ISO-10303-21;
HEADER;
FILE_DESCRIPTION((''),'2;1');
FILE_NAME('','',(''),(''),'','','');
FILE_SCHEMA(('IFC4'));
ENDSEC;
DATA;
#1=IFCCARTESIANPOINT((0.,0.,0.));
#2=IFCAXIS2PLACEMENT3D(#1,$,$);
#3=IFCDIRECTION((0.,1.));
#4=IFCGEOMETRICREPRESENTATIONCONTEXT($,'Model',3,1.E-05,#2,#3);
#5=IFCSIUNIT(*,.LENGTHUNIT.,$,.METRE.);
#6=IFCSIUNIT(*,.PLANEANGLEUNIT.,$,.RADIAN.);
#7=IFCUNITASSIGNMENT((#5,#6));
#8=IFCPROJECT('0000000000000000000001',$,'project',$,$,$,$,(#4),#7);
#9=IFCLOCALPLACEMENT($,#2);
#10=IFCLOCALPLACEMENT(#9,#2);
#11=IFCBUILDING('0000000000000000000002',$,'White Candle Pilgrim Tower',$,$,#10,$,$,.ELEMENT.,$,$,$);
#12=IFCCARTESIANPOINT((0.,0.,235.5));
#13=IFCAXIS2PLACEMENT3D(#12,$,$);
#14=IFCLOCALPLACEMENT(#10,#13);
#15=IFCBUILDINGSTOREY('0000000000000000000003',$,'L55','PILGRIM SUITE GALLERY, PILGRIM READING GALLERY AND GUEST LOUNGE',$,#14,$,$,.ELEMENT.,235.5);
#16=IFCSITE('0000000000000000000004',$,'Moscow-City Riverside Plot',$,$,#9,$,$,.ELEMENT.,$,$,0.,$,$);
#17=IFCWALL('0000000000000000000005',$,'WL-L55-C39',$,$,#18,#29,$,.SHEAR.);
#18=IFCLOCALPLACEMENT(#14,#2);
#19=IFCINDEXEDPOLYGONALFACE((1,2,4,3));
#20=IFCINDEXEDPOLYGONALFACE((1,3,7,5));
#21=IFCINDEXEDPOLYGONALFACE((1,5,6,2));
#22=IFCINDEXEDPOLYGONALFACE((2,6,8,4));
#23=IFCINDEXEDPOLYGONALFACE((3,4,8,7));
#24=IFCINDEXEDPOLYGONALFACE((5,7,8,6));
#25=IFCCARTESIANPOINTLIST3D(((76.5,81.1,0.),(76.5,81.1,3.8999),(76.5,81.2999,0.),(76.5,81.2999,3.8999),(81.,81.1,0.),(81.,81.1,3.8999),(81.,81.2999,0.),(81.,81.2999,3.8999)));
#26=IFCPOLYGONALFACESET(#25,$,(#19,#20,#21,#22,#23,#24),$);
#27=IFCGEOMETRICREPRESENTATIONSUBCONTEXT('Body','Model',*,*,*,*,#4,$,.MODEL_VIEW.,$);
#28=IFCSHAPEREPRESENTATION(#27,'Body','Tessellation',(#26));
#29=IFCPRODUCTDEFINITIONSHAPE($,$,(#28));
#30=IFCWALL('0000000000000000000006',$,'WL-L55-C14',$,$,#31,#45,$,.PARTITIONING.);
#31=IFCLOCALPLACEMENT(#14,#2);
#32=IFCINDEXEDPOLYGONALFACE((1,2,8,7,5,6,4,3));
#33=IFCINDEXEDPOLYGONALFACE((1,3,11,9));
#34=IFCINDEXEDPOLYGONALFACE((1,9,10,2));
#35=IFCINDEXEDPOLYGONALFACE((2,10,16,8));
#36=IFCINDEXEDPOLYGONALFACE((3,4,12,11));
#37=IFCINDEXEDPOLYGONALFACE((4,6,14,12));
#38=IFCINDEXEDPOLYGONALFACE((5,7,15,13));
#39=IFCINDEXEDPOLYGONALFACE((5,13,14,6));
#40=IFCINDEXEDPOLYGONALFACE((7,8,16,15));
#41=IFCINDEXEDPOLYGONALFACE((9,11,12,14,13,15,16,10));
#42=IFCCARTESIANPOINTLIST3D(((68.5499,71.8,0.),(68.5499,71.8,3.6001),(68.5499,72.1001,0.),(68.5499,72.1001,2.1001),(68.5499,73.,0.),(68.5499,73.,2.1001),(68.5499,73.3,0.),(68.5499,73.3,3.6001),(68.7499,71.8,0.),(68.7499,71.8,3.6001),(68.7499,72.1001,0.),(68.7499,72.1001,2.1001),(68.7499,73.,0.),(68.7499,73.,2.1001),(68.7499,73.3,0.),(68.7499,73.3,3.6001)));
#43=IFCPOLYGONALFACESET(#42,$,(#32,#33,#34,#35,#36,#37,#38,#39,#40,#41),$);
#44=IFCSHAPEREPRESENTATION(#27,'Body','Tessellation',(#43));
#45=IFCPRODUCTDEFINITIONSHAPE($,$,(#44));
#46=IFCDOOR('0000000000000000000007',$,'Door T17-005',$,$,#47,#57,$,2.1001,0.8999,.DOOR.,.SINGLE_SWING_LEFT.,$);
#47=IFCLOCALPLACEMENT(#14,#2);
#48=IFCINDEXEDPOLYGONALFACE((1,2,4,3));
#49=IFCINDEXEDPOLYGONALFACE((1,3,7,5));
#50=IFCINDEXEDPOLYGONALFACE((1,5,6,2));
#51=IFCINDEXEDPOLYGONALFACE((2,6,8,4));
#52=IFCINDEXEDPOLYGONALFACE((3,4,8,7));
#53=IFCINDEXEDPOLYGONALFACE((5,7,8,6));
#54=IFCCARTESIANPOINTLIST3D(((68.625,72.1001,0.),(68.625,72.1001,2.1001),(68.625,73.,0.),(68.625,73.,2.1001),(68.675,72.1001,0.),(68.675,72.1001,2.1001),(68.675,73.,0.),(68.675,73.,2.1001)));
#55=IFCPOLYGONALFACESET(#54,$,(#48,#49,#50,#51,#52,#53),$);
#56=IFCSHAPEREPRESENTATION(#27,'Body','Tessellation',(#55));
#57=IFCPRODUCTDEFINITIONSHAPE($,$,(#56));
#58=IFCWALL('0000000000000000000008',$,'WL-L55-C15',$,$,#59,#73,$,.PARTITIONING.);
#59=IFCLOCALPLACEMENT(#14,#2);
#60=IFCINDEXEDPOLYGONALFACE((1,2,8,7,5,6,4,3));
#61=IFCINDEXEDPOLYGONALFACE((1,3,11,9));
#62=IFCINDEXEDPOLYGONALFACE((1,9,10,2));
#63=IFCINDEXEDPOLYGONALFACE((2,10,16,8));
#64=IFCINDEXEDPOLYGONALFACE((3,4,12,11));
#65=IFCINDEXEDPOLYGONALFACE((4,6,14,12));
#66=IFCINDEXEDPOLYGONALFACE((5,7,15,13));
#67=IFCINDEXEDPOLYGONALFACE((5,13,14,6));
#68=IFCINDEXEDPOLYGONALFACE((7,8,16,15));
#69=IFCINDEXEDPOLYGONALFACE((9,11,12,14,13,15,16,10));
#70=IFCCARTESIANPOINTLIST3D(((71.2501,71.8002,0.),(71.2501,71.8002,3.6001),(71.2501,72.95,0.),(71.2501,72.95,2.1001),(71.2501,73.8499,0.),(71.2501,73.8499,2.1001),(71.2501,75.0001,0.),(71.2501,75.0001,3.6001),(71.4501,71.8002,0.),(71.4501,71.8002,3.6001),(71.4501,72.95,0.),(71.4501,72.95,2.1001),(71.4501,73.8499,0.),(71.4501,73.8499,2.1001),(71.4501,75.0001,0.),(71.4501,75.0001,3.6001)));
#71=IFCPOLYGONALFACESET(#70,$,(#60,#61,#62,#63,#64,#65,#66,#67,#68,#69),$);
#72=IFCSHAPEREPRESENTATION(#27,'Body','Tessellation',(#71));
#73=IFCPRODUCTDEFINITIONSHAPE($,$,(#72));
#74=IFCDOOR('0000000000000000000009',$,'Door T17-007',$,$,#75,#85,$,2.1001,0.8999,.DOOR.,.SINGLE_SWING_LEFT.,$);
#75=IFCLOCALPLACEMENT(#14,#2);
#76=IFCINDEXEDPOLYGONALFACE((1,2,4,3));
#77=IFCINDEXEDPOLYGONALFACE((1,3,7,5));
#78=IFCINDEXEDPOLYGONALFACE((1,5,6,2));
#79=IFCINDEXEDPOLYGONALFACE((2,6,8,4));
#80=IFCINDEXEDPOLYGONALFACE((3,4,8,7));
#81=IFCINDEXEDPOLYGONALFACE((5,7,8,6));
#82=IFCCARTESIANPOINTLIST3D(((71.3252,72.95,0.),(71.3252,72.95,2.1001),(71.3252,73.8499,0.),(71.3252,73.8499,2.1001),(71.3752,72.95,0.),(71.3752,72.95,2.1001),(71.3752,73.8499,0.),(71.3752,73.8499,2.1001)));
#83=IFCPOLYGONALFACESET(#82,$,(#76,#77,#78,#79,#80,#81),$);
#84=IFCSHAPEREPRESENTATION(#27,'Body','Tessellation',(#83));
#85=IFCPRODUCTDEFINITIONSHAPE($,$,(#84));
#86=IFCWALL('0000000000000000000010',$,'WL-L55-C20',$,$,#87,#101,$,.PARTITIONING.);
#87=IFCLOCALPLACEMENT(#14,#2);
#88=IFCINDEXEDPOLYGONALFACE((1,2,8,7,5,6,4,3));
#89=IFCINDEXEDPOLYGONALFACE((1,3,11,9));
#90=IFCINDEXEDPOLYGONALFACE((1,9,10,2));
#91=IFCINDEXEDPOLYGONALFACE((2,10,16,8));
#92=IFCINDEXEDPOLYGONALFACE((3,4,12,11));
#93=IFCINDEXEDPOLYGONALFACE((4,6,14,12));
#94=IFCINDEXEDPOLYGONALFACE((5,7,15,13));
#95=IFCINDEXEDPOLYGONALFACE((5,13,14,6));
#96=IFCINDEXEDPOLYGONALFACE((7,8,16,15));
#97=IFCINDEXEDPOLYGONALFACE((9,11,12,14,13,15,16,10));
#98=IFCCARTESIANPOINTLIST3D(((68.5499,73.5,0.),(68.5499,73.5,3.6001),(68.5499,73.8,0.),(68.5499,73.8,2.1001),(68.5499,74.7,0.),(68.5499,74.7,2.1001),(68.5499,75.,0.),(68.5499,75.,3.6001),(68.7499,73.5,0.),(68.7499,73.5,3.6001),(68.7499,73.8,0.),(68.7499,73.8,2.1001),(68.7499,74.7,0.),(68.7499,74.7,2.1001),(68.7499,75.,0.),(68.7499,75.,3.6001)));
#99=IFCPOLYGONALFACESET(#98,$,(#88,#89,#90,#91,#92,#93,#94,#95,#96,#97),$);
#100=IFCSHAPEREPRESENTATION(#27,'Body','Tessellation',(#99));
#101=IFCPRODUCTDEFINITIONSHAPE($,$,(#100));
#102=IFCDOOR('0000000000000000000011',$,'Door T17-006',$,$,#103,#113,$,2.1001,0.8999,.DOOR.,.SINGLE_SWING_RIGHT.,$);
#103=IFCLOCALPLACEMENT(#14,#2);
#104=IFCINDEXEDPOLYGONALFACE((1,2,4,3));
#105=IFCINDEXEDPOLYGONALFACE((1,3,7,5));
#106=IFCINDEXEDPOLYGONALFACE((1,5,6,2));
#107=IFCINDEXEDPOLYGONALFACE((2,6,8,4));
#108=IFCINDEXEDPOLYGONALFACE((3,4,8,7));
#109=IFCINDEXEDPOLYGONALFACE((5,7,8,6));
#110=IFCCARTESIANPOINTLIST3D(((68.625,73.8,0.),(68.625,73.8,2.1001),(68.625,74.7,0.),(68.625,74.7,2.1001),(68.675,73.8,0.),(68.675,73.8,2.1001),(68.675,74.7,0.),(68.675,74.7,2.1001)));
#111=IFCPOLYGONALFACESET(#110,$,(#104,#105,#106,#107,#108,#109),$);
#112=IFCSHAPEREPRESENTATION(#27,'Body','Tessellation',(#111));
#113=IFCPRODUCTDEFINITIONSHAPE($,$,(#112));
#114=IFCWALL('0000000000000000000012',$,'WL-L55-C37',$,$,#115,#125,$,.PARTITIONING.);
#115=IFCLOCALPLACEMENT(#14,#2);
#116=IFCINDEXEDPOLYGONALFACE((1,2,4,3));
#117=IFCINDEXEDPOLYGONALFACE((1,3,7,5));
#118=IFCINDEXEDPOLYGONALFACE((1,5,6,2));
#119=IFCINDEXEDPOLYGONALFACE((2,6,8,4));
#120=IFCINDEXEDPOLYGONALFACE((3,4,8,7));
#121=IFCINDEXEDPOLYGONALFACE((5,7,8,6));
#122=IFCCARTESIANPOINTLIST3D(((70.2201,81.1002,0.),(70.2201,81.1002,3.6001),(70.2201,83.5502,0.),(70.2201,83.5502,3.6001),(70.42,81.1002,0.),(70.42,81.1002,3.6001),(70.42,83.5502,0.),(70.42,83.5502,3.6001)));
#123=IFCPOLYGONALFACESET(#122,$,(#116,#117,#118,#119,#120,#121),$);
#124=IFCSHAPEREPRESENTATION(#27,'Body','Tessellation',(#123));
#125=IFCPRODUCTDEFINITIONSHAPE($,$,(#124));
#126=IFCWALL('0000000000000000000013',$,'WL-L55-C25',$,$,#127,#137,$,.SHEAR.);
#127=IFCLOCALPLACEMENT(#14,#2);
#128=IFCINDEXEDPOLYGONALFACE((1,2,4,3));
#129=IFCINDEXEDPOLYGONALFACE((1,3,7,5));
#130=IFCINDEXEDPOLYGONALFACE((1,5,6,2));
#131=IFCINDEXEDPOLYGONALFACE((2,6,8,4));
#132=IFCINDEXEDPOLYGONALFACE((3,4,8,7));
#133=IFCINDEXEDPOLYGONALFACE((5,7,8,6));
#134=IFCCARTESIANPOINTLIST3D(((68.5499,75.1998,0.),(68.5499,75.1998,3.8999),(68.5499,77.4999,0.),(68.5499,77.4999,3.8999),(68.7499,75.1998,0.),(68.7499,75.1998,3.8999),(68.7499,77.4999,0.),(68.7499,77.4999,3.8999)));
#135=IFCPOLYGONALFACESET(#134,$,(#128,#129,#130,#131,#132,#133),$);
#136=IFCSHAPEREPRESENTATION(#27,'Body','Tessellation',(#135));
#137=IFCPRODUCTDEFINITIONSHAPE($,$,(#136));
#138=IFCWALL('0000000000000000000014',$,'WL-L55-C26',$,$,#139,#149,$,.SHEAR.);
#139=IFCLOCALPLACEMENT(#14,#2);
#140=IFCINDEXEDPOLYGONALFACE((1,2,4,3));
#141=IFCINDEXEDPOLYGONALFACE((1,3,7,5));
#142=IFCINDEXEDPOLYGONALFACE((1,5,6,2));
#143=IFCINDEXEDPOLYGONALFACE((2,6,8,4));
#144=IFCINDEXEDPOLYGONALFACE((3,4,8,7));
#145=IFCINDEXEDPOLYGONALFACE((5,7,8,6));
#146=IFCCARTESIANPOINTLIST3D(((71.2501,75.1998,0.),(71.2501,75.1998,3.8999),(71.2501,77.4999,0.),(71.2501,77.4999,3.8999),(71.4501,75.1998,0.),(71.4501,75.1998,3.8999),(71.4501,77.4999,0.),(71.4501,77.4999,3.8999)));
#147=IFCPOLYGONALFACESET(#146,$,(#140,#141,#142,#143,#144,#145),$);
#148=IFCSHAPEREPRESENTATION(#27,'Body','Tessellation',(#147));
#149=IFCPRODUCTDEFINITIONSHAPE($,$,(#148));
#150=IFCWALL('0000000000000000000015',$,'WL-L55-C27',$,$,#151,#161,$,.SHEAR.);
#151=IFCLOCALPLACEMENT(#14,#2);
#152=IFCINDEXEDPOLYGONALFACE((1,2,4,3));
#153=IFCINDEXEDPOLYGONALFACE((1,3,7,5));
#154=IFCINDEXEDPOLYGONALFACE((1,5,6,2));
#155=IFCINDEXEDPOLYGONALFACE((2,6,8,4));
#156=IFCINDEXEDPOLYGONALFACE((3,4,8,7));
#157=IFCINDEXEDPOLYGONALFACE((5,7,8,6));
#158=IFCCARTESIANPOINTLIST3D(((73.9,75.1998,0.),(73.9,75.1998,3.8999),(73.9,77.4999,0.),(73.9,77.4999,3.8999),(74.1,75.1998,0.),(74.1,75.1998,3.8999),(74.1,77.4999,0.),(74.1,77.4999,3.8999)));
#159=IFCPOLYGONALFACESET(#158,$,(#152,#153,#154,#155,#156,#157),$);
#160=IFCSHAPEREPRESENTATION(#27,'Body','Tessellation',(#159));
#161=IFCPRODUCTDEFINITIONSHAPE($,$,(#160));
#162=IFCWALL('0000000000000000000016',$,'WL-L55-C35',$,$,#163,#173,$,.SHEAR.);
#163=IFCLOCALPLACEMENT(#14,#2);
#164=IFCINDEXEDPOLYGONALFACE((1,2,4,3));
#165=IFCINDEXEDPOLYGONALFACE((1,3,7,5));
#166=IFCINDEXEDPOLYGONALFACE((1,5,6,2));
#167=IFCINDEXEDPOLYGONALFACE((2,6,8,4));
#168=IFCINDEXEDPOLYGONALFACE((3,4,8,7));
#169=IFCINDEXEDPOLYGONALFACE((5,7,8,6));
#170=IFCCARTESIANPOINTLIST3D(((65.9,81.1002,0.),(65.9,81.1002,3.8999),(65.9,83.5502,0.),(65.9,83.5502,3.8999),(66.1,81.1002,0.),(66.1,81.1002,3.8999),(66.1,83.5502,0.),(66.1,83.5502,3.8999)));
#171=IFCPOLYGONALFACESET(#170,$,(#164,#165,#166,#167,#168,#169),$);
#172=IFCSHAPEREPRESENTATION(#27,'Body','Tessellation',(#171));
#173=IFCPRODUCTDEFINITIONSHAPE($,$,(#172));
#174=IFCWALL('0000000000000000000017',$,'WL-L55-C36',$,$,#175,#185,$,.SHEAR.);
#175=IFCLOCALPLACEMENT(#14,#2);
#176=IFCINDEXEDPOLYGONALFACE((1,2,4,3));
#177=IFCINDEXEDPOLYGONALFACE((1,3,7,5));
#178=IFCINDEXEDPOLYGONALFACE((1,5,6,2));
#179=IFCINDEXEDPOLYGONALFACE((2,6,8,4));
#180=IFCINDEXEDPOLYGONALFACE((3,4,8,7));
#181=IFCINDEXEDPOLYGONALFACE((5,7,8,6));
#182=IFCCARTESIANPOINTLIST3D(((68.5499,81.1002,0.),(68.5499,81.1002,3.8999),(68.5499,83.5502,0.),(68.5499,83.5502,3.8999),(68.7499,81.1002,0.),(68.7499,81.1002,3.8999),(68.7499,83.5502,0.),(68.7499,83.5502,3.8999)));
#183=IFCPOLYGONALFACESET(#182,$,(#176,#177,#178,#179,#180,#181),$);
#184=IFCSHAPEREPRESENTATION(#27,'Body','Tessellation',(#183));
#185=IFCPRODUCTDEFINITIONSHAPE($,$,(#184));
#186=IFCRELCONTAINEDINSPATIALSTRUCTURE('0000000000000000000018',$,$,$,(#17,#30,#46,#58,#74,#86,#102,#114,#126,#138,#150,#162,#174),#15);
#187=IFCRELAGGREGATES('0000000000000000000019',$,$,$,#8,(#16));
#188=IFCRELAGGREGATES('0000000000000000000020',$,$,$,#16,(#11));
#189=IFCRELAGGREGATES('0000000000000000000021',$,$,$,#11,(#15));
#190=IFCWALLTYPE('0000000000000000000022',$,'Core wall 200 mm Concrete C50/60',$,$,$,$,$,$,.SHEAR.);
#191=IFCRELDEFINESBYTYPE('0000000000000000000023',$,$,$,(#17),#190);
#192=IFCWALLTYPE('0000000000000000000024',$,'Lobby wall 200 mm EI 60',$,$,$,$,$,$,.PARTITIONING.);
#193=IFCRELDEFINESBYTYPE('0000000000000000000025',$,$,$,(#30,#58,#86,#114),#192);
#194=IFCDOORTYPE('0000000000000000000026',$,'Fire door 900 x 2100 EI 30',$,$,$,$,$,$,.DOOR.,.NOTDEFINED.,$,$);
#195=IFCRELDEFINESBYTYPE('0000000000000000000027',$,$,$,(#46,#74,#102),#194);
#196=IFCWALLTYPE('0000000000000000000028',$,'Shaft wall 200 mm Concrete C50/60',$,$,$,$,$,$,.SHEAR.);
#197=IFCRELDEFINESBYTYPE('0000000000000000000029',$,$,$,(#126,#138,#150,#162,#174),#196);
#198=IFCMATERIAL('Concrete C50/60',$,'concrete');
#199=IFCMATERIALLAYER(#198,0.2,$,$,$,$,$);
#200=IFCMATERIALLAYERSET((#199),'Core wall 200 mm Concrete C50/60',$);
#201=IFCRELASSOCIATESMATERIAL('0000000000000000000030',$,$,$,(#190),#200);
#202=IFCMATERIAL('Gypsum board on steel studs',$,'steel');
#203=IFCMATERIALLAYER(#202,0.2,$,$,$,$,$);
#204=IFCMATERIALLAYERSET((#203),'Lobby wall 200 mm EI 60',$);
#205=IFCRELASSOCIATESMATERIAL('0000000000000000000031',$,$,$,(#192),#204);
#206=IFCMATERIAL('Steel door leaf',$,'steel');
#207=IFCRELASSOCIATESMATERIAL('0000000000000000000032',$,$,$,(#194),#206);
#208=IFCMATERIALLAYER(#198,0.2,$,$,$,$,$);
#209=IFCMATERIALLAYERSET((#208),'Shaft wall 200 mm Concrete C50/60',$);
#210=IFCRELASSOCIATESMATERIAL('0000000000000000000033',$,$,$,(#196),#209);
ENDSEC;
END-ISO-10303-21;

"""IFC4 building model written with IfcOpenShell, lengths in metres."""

from ifc_helpers import new_model, si_unit, direction, frame, frame_2d, origin, place, context, subcontext, project, spatial, rectangle, extrude, material, layer, layer_set, type_object, element, fill, save


model = new_model("IFC4")

# Units and contexts
model_context = context("Model", 3, precision=1e-05, world=origin(), true_north=direction((0.0, 1.0)))
body_context = subcontext(model_context, "Body", "Model", "MODEL_VIEW")
ifc_project = project(units=[si_unit("LENGTHUNIT", "METRE"), si_unit("PLANEANGLEUNIT", "RADIAN")], contexts=[model_context])

# Site, building, storey
site_placement = place(None, origin())
site = spatial("IfcSite", under=ifc_project, at=site_placement, Name="Moscow-City Riverside Plot", CompositionType="ELEMENT", RefElevation=0.0)
building_placement = place(site_placement, origin())
building = spatial("IfcBuilding", under=site, at=building_placement, Name="White Candle Pilgrim Tower", CompositionType="ELEMENT")
storey_placement = place(building_placement, frame((0.0, 0.0, 235.5)))
storey = spatial("IfcBuildingStorey", under=building, at=storey_placement, Name="L55", Description="PILGRIM SUITE GALLERY, PILGRIM READING GALLERY AND GUEST LOUNGE", CompositionType="ELEMENT", Elevation=235.5)

# Wall
ifc_material_1 = material(Name="Concrete C50/60", Category="concrete")
ifc_layer_1 = layer(ifc_material_1, 0.2)
ifc_layer_set_1 = layer_set([ifc_layer_1], Name="Core wall 200 mm Concrete C50/60")
wall_type_1 = type_object("IfcWallType", Name="Core wall 200 mm Concrete C50/60", PredefinedType="SHEAR", material=ifc_layer_set_1)
wall_1_placement = place(storey_placement, frame((76.5, 81.2, 0.0), z_axis=(0.0, 0.0, 1.0), x_axis=(1.0, 0.0, 0.0)))
element("IfcWall", 1, at=wall_1_placement, inside=storey, type_object=wall_type_1, Name="WL-L55-C39", PredefinedType="SHEAR", context=body_context, shape_type="SweptSolid", body=[
    extrude(rectangle(XDim=4.5, YDim=0.2, at=frame_2d((2.25, 0.0))), origin(), (0.0, 0.0, 1.0), 3.8999),
])

# Walls, openings, doors
ifc_material_2 = material(Name="Gypsum board on steel studs", Category="steel")
ifc_layer_2 = layer(ifc_material_2, 0.2)
ifc_layer_set_2 = layer_set([ifc_layer_2], Name="Lobby wall 200 mm EI 60")
wall_type_2 = type_object("IfcWallType", Name="Lobby wall 200 mm EI 60", PredefinedType="PARTITIONING", material=ifc_layer_set_2)
wall_2_placement = place(storey_placement, frame((68.6499, 71.8, 0.0), z_axis=(0.0, 0.0, 1.0), x_axis=(0.0, 1.0, 0.0)))
wall_2 = element("IfcWall", 2, at=wall_2_placement, inside=storey, type_object=wall_type_2, Name="WL-L55-C14", PredefinedType="PARTITIONING", context=body_context, shape_type="SweptSolid", body=[
    extrude(rectangle(XDim=1.5, YDim=0.2, at=frame_2d((0.75, 0.0))), origin(), (0.0, 0.0, 1.0), 3.6001),
])
opening_1_placement = place(wall_2_placement, frame((0.3, 0.0, 0.0)))
opening_1 = element("IfcOpeningElement", 3, at=opening_1_placement, cuts=wall_2, PredefinedType="OPENING", context=body_context, shape_type="SweptSolid", body=[
    extrude(rectangle(XDim=0.8999, YDim=2.1001, at=frame_2d((0.45, 1.05))), frame((0.0, 0.1099, 0.0), z_axis=(0.0, -1.0, 0.0), x_axis=(1.0, 0.0, 0.0)), (0.0, 0.0, 1.0), 0.22),
])
ifc_material_3 = material(Name="Steel door leaf", Category="steel")
door_type_1 = type_object("IfcDoorType", Name="Fire door 900 x 2100 EI 30", OperationType="NOTDEFINED", PredefinedType="DOOR", material=ifc_material_3)
door_1_placement = place(opening_1_placement, origin())
door_1 = element("IfcDoor", 4, at=door_1_placement, inside=storey, type_object=door_type_1, Name="Door T17-005", OperationType="SINGLE_SWING_LEFT", OverallHeight=2.1001, OverallWidth=0.8999, PredefinedType="DOOR", context=body_context, shape_type="SweptSolid", body=[
    extrude(rectangle(XDim=0.8999, YDim=2.1001, at=frame_2d((0.45, 1.05))), frame((0.0, 0.0249, 0.0), z_axis=(0.0, -1.0, 0.0), x_axis=(1.0, 0.0, 0.0)), (0.0, 0.0, 1.0), 0.05),
])
fill(opening_1, door_1)
wall_3_placement = place(storey_placement, frame((71.3501, 71.8, 0.0), z_axis=(0.0, 0.0, 1.0), x_axis=(0.0, 1.0, 0.0)))
wall_3 = element("IfcWall", 5, at=wall_3_placement, inside=storey, type_object=wall_type_2, Name="WL-L55-C15", PredefinedType="PARTITIONING", context=body_context, shape_type="SweptSolid", body=[
    extrude(rectangle(XDim=3.2, YDim=0.2, at=frame_2d((1.6001, 0.0))), origin(), (0.0, 0.0, 1.0), 3.6001),
])
opening_2_placement = place(wall_3_placement, frame((1.1499, 0.0, 0.0)))
opening_2 = element("IfcOpeningElement", 6, at=opening_2_placement, cuts=wall_3, PredefinedType="OPENING", context=body_context, shape_type="SweptSolid", body=[
    extrude(rectangle(XDim=0.8999, YDim=2.1001, at=frame_2d((0.45, 1.05))), frame((0.0, 0.1099, 0.0), z_axis=(0.0, -1.0, 0.0), x_axis=(1.0, 0.0, 0.0)), (0.0, 0.0, 1.0), 0.22),
])
door_2_placement = place(opening_2_placement, origin())
door_2 = element("IfcDoor", 7, at=door_2_placement, inside=storey, type_object=door_type_1, Name="Door T17-007", OperationType="SINGLE_SWING_LEFT", OverallHeight=2.1001, OverallWidth=0.8999, PredefinedType="DOOR", context=body_context, shape_type="SweptSolid", body=[
    extrude(rectangle(XDim=0.8999, YDim=2.1001, at=frame_2d((0.45, 1.05))), frame((0.0, 0.0249, 0.0), z_axis=(0.0, -1.0, 0.0), x_axis=(1.0, 0.0, 0.0)), (0.0, 0.0, 1.0), 0.05),
])
fill(opening_2, door_2)
wall_4_placement = place(storey_placement, frame((68.6499, 73.5, 0.0), z_axis=(0.0, 0.0, 1.0), x_axis=(0.0, 1.0, 0.0)))
wall_4 = element("IfcWall", 8, at=wall_4_placement, inside=storey, type_object=wall_type_2, Name="WL-L55-C20", PredefinedType="PARTITIONING", context=body_context, shape_type="SweptSolid", body=[
    extrude(rectangle(XDim=1.5, YDim=0.2, at=frame_2d((0.75, 0.0))), origin(), (0.0, 0.0, 1.0), 3.6001),
])
opening_3_placement = place(wall_4_placement, frame((0.3, 0.0, 0.0)))
opening_3 = element("IfcOpeningElement", 9, at=opening_3_placement, cuts=wall_4, PredefinedType="OPENING", context=body_context, shape_type="SweptSolid", body=[
    extrude(rectangle(XDim=0.8999, YDim=2.1001, at=frame_2d((0.45, 1.05))), frame((0.0, 0.1099, 0.0), z_axis=(0.0, -1.0, 0.0), x_axis=(1.0, 0.0, 0.0)), (0.0, 0.0, 1.0), 0.22),
])
door_3_placement = place(opening_3_placement, origin())
door_3 = element("IfcDoor", 10, at=door_3_placement, inside=storey, type_object=door_type_1, Name="Door T17-006", OperationType="SINGLE_SWING_RIGHT", OverallHeight=2.1001, OverallWidth=0.8999, PredefinedType="DOOR", context=body_context, shape_type="SweptSolid", body=[
    extrude(rectangle(XDim=0.8999, YDim=2.1001, at=frame_2d((0.45, 1.05))), frame((0.0, 0.0249, 0.0), z_axis=(0.0, -1.0, 0.0), x_axis=(1.0, 0.0, 0.0)), (0.0, 0.0, 1.0), 0.05),
])
fill(opening_3, door_3)

# Walls
wall_5_placement = place(storey_placement, frame((70.3201, 81.1001, 0.0), z_axis=(0.0, 0.0, 1.0), x_axis=(0.0, 1.0, 0.0)))
element("IfcWall", 11, at=wall_5_placement, inside=storey, type_object=wall_type_2, Name="WL-L55-C37", PredefinedType="PARTITIONING", context=body_context, shape_type="SweptSolid", body=[
    extrude(rectangle(XDim=2.45, YDim=0.2, at=frame_2d((1.2251, 0.0))), origin(), (0.0, 0.0, 1.0), 3.6001),
])
ifc_layer_3 = layer(ifc_material_1, 0.2)
ifc_layer_set_3 = layer_set([ifc_layer_3], Name="Shaft wall 200 mm Concrete C50/60")
wall_type_3 = type_object("IfcWallType", Name="Shaft wall 200 mm Concrete C50/60", PredefinedType="SHEAR", material=ifc_layer_set_3)
for number, where, z_axis, x_axis, name in (
    (12, (68.6499, 75.2, 0.0), (0.0, 0.0, 1.0), (0.0, 1.0, 0.0), "WL-L55-C25"),
    (13, (71.3501, 75.2, 0.0), (0.0, 0.0, 1.0), (0.0, 1.0, 0.0), "WL-L55-C26"),
    (14, (74.0, 75.2, 0.0), (0.0, 0.0, 1.0), (0.0, 1.0, 0.0), "WL-L55-C27"),
):
    element("IfcWall", number, at=place(storey_placement, frame(where, z_axis=z_axis, x_axis=x_axis)), inside=storey, type_object=wall_type_3, Name=name, PredefinedType="SHEAR", context=body_context, shape_type="SweptSolid", body=[
        extrude(rectangle(XDim=2.3, YDim=0.2, at=frame_2d((1.1499, 0.0))), origin(), (0.0, 0.0, 1.0), 3.8999),
    ])
for number, where, z_axis, x_axis, name in (
    (15, (66.0, 81.1001, 0.0), (0.0, 0.0, 1.0), (0.0, 1.0, 0.0), "WL-L55-C35"),
    (16, (68.6499, 81.1001, 0.0), (0.0, 0.0, 1.0), (0.0, 1.0, 0.0), "WL-L55-C36"),
):
    element("IfcWall", number, at=place(storey_placement, frame(where, z_axis=z_axis, x_axis=x_axis)), inside=storey, type_object=wall_type_3, Name=name, PredefinedType="SHEAR", context=body_context, shape_type="SweptSolid", body=[
        extrude(rectangle(XDim=2.45, YDim=0.2, at=frame_2d((1.2251, 0.0))), origin(), (0.0, 0.0, 1.0), 3.8999),
    ])

save(model, "model.ifc")
